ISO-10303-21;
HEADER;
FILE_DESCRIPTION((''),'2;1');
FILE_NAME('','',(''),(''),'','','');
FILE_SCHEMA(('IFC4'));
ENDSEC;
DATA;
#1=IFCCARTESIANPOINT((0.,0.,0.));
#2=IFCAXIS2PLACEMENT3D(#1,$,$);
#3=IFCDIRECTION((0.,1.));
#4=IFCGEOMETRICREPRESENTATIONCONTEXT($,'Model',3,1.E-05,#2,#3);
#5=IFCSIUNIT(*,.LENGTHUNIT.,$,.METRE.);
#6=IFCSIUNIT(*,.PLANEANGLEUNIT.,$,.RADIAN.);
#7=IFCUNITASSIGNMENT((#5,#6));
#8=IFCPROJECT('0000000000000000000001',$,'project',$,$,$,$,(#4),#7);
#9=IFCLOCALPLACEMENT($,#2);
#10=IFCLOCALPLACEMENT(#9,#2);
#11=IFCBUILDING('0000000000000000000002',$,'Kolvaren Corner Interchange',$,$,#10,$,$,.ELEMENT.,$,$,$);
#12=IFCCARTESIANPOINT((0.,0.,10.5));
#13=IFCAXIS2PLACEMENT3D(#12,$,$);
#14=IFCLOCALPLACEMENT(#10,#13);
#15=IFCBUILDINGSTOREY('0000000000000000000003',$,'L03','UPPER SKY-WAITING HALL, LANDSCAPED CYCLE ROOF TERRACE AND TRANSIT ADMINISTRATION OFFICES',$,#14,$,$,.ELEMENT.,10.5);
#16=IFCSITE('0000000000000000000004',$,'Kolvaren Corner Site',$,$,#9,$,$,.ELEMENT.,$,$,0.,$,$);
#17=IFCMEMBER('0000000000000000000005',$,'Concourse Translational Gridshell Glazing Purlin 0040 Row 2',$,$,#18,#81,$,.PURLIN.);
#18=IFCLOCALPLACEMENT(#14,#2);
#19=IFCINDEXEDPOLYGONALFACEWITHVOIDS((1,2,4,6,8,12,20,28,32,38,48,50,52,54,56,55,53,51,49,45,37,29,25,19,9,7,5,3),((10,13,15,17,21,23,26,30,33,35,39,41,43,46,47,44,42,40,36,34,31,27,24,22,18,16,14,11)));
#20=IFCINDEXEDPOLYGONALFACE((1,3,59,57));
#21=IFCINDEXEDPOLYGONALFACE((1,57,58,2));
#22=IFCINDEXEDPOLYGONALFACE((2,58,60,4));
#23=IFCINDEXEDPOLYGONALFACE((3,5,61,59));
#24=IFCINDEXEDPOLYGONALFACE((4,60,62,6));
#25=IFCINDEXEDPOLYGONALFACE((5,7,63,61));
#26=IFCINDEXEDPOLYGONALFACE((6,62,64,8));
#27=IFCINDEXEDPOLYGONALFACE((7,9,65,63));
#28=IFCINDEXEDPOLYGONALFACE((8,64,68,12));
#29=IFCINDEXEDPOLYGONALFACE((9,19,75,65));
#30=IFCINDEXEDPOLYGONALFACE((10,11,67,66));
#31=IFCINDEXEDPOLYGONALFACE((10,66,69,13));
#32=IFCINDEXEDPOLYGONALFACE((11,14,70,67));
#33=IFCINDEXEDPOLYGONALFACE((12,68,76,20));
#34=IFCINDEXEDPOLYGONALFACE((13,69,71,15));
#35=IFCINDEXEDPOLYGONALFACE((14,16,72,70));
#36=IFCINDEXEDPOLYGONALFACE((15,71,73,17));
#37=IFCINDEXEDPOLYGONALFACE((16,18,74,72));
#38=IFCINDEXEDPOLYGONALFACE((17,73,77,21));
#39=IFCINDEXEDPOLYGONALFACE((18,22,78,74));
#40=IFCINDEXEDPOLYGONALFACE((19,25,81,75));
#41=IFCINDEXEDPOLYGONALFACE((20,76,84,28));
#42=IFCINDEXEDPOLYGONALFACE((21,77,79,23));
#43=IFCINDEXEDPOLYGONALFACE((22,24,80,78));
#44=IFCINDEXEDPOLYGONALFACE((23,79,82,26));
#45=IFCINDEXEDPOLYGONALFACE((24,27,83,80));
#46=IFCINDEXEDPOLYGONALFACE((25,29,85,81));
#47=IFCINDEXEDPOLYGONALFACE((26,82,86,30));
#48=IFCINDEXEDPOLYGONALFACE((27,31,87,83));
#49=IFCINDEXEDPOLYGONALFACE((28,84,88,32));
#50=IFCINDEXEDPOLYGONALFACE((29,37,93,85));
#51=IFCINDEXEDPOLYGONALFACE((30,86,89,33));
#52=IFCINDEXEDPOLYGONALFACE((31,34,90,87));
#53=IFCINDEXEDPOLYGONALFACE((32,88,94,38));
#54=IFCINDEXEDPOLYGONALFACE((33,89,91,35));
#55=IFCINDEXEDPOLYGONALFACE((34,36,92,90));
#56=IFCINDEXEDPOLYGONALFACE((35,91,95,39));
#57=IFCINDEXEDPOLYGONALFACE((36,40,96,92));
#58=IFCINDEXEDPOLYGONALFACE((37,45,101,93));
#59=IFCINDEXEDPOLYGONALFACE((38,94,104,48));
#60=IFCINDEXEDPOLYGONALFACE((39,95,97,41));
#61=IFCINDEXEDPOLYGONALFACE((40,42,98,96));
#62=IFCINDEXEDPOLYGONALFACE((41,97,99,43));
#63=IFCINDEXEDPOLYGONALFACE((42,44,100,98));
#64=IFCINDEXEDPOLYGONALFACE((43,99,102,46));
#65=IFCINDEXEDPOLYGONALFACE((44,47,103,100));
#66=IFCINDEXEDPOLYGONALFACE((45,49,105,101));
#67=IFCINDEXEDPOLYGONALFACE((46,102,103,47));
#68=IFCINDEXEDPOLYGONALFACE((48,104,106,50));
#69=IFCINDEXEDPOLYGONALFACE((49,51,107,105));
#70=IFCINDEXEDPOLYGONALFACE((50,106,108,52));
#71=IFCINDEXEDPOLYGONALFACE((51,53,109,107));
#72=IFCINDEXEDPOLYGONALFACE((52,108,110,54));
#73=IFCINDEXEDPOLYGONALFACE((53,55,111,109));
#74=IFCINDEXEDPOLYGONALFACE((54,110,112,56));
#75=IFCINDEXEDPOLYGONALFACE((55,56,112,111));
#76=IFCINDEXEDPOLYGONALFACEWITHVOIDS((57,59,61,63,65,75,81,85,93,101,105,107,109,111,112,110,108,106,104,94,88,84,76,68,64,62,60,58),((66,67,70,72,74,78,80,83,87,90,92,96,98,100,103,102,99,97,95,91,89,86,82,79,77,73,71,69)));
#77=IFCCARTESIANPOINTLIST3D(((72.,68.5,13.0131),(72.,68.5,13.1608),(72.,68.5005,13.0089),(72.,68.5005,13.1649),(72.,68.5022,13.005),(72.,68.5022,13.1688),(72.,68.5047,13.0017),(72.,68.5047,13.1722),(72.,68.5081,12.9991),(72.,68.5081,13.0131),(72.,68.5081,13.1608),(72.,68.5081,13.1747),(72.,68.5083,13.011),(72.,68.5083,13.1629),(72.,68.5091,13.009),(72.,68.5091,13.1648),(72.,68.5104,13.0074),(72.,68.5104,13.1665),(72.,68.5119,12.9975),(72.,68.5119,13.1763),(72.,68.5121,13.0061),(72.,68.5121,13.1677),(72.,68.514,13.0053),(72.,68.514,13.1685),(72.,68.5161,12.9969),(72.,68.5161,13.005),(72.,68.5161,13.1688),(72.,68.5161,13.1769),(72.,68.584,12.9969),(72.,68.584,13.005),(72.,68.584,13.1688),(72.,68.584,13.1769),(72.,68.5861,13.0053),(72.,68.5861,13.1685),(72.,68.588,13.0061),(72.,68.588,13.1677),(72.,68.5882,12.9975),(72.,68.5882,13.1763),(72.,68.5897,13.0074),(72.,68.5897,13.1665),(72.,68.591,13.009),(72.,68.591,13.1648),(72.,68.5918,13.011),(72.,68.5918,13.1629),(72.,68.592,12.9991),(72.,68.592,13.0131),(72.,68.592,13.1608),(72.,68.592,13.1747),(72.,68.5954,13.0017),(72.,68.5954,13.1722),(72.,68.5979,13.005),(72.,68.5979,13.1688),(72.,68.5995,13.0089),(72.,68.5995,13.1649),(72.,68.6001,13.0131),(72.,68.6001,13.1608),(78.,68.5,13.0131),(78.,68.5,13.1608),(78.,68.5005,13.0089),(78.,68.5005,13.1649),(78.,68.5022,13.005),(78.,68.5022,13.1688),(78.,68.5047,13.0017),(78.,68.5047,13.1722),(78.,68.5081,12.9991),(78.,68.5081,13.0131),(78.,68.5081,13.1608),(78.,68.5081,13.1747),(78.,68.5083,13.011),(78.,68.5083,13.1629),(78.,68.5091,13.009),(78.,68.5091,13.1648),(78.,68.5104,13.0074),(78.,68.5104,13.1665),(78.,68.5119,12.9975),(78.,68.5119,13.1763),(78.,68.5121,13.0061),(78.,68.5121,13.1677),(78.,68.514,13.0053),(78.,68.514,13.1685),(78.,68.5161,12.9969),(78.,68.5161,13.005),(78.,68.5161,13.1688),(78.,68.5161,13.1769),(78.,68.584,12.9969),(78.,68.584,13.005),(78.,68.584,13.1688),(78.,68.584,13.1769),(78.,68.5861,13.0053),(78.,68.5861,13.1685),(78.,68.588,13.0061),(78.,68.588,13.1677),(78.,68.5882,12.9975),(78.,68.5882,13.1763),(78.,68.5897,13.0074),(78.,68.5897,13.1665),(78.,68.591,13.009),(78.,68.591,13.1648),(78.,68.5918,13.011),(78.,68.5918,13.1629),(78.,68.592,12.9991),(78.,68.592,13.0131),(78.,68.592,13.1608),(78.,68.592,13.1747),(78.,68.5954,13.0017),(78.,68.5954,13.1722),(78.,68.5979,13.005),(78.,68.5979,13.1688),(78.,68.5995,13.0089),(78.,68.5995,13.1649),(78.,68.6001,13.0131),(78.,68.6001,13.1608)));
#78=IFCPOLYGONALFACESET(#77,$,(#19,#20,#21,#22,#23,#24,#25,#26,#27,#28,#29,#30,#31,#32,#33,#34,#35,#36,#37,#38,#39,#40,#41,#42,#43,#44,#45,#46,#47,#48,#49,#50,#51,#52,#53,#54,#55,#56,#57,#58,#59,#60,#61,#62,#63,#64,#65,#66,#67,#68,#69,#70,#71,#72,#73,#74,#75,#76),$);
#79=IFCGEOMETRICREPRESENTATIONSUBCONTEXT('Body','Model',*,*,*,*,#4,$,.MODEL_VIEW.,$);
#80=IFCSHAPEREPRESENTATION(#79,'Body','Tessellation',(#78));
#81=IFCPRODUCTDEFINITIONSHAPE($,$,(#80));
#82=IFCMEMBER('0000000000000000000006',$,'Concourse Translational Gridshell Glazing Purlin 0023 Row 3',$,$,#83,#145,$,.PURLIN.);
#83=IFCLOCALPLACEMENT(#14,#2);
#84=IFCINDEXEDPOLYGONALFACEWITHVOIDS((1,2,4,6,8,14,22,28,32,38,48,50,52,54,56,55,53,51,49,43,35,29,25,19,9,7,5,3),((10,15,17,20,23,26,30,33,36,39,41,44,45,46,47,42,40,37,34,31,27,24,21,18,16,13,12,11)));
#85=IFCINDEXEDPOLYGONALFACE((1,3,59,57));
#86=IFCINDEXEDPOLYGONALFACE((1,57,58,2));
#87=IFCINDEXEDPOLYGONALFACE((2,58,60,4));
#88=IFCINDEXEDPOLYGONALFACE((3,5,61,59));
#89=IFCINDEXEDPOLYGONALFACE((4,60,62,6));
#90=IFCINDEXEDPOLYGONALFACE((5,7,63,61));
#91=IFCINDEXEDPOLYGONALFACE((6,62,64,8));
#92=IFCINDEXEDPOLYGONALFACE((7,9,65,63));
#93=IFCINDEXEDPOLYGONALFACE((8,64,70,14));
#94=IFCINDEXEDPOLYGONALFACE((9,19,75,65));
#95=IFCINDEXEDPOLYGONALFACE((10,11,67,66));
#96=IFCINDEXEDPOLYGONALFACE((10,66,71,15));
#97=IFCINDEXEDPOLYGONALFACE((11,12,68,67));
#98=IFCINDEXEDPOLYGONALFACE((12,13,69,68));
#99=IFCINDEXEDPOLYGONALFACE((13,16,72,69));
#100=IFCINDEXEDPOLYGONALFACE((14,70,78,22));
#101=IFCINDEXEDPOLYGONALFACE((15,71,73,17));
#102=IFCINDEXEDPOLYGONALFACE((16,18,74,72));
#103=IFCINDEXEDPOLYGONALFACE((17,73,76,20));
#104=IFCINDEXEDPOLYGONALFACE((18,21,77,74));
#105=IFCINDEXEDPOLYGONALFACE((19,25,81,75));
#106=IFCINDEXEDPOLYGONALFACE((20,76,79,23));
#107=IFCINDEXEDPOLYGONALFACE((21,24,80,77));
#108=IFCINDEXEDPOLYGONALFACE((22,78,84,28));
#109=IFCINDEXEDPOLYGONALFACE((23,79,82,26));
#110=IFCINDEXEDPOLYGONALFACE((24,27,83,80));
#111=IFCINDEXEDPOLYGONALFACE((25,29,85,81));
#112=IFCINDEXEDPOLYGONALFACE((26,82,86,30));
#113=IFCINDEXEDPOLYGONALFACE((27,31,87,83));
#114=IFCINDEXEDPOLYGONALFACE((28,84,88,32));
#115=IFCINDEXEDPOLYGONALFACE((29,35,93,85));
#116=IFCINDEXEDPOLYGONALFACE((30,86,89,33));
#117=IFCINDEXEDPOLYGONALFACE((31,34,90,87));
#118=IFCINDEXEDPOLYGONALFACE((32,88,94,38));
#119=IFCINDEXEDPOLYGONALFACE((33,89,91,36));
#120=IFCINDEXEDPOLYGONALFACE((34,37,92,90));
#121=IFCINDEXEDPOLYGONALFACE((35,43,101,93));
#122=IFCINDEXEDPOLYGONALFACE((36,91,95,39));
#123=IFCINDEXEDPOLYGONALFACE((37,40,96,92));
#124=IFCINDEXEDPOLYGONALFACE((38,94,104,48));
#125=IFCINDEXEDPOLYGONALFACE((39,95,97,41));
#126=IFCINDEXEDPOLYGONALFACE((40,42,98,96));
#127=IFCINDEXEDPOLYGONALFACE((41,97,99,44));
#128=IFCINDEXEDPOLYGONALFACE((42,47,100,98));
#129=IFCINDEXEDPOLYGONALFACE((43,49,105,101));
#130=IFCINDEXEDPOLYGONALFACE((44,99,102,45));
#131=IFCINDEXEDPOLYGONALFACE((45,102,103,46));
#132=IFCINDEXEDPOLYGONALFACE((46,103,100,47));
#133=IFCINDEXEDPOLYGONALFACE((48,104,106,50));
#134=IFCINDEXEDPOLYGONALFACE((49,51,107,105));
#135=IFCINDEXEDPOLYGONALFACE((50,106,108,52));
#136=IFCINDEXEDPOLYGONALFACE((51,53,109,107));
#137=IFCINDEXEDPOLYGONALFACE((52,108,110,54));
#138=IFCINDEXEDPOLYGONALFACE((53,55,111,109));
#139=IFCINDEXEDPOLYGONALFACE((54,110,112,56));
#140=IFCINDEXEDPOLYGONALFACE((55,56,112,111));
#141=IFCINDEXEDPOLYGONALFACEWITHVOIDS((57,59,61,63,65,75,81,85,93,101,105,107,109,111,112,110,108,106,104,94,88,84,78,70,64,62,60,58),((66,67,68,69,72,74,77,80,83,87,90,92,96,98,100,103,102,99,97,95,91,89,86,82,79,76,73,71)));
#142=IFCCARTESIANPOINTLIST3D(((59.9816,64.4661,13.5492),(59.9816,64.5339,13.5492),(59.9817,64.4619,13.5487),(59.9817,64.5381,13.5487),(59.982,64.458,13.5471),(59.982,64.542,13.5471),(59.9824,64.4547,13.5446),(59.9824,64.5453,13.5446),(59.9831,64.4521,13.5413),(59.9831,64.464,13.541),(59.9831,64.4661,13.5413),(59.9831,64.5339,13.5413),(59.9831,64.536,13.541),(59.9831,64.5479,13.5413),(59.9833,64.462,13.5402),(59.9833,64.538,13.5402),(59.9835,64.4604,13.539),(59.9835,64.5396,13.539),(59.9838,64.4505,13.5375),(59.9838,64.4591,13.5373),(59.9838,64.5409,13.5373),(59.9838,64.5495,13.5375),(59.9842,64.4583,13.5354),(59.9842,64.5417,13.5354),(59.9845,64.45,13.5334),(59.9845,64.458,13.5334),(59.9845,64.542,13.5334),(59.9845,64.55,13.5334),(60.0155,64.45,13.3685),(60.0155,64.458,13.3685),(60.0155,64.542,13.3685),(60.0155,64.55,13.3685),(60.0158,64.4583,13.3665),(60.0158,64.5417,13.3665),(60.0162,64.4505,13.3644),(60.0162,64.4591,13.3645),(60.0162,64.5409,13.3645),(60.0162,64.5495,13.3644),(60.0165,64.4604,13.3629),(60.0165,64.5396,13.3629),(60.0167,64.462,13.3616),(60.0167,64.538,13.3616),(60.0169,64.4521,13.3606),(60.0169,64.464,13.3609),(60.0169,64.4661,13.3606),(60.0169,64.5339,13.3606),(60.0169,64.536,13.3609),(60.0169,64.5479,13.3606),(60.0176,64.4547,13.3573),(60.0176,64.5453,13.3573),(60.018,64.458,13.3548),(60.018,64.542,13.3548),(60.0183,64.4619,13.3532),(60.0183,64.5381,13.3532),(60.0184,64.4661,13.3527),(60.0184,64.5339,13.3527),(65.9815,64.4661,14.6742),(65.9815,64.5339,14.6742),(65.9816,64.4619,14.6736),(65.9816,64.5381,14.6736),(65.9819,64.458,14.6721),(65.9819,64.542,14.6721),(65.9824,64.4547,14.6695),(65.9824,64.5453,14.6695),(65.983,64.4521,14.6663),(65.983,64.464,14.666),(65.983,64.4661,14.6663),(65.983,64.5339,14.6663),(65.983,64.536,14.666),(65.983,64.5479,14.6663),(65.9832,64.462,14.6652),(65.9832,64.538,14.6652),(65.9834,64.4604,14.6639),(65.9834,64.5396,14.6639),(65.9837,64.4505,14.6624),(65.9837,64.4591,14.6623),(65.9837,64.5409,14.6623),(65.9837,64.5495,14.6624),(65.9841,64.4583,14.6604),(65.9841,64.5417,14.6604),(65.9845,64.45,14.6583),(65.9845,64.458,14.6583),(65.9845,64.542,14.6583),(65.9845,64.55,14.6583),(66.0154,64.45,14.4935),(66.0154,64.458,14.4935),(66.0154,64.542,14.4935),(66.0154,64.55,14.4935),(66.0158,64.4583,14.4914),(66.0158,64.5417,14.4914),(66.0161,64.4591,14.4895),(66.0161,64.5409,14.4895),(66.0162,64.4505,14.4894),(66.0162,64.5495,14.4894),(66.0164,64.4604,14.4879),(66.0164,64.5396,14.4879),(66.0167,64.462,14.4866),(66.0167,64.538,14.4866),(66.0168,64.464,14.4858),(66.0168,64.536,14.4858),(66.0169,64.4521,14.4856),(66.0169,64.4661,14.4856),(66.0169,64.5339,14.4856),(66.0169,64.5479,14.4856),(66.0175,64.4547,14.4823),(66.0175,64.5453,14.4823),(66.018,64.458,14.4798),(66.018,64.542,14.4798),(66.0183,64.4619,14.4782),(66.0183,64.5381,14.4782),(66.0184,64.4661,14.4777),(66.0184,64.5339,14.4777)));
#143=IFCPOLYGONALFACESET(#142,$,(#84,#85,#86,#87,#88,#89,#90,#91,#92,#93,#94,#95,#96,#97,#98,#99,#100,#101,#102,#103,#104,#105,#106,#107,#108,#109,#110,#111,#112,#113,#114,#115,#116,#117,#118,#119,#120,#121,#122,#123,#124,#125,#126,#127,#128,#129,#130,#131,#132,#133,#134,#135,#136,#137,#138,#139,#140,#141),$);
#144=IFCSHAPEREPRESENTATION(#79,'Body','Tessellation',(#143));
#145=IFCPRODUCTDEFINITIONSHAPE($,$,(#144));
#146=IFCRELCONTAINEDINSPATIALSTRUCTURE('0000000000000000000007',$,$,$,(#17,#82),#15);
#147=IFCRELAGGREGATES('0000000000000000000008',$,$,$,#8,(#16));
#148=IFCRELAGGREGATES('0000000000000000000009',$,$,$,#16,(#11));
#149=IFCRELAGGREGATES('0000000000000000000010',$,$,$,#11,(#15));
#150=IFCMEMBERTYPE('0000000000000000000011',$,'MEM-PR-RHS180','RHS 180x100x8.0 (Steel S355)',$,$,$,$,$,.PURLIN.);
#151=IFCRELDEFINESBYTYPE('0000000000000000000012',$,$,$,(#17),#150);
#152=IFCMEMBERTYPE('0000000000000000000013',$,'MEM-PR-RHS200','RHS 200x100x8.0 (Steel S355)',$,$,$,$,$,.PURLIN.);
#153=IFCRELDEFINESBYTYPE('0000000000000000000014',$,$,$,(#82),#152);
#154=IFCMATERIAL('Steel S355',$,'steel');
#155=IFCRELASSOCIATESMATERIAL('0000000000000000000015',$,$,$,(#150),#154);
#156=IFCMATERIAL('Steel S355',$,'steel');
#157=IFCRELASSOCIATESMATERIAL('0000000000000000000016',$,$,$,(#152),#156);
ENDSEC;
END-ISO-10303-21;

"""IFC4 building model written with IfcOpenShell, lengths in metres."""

from ifc_helpers import new_model, si_unit, direction, frame, origin, origin_2d, place, context, subcontext, project, spatial, hollow_rectangle, extrude, material, material_profile, profile_set, type_object, element, save


model = new_model("IFC4")

# Units and contexts
model_context = context("Model", 3, precision=1e-05, world=origin(), true_north=direction((0.0, 1.0)))
body_context = subcontext(model_context, "Body", "Model", "MODEL_VIEW")
ifc_project = project(units=[si_unit("LENGTHUNIT", "METRE"), si_unit("PLANEANGLEUNIT", "RADIAN")], contexts=[model_context])

# Site, building, storey
site_placement = place(None, origin())
site = spatial("IfcSite", under=ifc_project, at=site_placement, Name="Kolvaren Corner Site", CompositionType="ELEMENT", RefElevation=0.0)
building_placement = place(site_placement, origin())
building = spatial("IfcBuilding", under=site, at=building_placement, Name="Kolvaren Corner Interchange", CompositionType="ELEMENT")
storey_placement = place(building_placement, frame((0.0, 0.0, 10.5)))
storey = spatial("IfcBuildingStorey", under=building, at=storey_placement, Name="L03", Description="UPPER SKY-WAITING HALL, LANDSCAPED CYCLE ROOF TERRACE AND TRANSIT ADMINISTRATION OFFICES", CompositionType="ELEMENT", Elevation=10.5)

# Members
ifc_material_1 = material(Name="Steel S355", Category="steel")
ifc_material_profile_1 = material_profile(ifc_material_1, hollow_rectangle(XDim=0.1001, YDim=0.1799, WallThickness=0.0081, InnerFilletRadius=0.0081, OuterFilletRadius=0.0161, at=origin_2d()), Name="RHS 180x100x8.0")
ifc_profile_set_1 = profile_set([ifc_material_profile_1], Name="Steel S355")
member_type_1 = type_object("IfcMemberType", Name="MEM-PR-RHS180", Description="RHS 180x100x8.0 (Steel S355)", PredefinedType="PURLIN", material=ifc_profile_set_1)
member_1_placement = place(storey_placement, frame((72.0, 68.55, 13.0869), z_axis=(1.0, 0.0, 0.0), x_axis=(0.0, 1.0, 0.0)))
element("IfcMember", 1, at=member_1_placement, inside=storey, type_object=member_type_1, Name="Concourse Translational Gridshell Glazing Purlin 0040 Row 2", PredefinedType="PURLIN", context=body_context, shape_type="SweptSolid", body=[
    extrude(hollow_rectangle(XDim=0.1001, YDim=0.1799, WallThickness=0.0081, InnerFilletRadius=0.0081, OuterFilletRadius=0.0161, at=origin_2d()), origin(), (0.0, 0.0, 1.0), 6.0),
])
ifc_material_2 = material(Name="Steel S355", Category="steel")
ifc_material_profile_2 = material_profile(ifc_material_2, hollow_rectangle(XDim=0.1001, YDim=0.2, WallThickness=0.0081, InnerFilletRadius=0.0081, OuterFilletRadius=0.0161, at=origin_2d()), Name="RHS 200x100x8.0")
ifc_profile_set_2 = profile_set([ifc_material_profile_2], Name="Steel S355")
member_type_2 = type_object("IfcMemberType", Name="MEM-PR-RHS200", Description="RHS 200x100x8.0 (Steel S355)", PredefinedType="PURLIN", material=ifc_profile_set_2)
for number, where, z_axis, x_axis, name in (
    (2, (60.0, 64.5, 13.4509), (0.982872, 0.0, 0.184289), (0.0, 1.0, 0.0), "Concourse Translational Gridshell Glazing Purlin 0023 Row 3"),
):
    element("IfcMember", number, at=place(storey_placement, frame(where, z_axis=z_axis, x_axis=x_axis)), inside=storey, type_object=member_type_2, Name=name, PredefinedType="PURLIN", context=body_context, shape_type="SweptSolid", body=[
        extrude(hollow_rectangle(XDim=0.1001, YDim=0.2, WallThickness=0.0081, InnerFilletRadius=0.0081, OuterFilletRadius=0.0161, at=origin_2d()), origin(), (0.0, 0.0, 1.0), 6.1045),
    ])

save(model, "model.ifc")
